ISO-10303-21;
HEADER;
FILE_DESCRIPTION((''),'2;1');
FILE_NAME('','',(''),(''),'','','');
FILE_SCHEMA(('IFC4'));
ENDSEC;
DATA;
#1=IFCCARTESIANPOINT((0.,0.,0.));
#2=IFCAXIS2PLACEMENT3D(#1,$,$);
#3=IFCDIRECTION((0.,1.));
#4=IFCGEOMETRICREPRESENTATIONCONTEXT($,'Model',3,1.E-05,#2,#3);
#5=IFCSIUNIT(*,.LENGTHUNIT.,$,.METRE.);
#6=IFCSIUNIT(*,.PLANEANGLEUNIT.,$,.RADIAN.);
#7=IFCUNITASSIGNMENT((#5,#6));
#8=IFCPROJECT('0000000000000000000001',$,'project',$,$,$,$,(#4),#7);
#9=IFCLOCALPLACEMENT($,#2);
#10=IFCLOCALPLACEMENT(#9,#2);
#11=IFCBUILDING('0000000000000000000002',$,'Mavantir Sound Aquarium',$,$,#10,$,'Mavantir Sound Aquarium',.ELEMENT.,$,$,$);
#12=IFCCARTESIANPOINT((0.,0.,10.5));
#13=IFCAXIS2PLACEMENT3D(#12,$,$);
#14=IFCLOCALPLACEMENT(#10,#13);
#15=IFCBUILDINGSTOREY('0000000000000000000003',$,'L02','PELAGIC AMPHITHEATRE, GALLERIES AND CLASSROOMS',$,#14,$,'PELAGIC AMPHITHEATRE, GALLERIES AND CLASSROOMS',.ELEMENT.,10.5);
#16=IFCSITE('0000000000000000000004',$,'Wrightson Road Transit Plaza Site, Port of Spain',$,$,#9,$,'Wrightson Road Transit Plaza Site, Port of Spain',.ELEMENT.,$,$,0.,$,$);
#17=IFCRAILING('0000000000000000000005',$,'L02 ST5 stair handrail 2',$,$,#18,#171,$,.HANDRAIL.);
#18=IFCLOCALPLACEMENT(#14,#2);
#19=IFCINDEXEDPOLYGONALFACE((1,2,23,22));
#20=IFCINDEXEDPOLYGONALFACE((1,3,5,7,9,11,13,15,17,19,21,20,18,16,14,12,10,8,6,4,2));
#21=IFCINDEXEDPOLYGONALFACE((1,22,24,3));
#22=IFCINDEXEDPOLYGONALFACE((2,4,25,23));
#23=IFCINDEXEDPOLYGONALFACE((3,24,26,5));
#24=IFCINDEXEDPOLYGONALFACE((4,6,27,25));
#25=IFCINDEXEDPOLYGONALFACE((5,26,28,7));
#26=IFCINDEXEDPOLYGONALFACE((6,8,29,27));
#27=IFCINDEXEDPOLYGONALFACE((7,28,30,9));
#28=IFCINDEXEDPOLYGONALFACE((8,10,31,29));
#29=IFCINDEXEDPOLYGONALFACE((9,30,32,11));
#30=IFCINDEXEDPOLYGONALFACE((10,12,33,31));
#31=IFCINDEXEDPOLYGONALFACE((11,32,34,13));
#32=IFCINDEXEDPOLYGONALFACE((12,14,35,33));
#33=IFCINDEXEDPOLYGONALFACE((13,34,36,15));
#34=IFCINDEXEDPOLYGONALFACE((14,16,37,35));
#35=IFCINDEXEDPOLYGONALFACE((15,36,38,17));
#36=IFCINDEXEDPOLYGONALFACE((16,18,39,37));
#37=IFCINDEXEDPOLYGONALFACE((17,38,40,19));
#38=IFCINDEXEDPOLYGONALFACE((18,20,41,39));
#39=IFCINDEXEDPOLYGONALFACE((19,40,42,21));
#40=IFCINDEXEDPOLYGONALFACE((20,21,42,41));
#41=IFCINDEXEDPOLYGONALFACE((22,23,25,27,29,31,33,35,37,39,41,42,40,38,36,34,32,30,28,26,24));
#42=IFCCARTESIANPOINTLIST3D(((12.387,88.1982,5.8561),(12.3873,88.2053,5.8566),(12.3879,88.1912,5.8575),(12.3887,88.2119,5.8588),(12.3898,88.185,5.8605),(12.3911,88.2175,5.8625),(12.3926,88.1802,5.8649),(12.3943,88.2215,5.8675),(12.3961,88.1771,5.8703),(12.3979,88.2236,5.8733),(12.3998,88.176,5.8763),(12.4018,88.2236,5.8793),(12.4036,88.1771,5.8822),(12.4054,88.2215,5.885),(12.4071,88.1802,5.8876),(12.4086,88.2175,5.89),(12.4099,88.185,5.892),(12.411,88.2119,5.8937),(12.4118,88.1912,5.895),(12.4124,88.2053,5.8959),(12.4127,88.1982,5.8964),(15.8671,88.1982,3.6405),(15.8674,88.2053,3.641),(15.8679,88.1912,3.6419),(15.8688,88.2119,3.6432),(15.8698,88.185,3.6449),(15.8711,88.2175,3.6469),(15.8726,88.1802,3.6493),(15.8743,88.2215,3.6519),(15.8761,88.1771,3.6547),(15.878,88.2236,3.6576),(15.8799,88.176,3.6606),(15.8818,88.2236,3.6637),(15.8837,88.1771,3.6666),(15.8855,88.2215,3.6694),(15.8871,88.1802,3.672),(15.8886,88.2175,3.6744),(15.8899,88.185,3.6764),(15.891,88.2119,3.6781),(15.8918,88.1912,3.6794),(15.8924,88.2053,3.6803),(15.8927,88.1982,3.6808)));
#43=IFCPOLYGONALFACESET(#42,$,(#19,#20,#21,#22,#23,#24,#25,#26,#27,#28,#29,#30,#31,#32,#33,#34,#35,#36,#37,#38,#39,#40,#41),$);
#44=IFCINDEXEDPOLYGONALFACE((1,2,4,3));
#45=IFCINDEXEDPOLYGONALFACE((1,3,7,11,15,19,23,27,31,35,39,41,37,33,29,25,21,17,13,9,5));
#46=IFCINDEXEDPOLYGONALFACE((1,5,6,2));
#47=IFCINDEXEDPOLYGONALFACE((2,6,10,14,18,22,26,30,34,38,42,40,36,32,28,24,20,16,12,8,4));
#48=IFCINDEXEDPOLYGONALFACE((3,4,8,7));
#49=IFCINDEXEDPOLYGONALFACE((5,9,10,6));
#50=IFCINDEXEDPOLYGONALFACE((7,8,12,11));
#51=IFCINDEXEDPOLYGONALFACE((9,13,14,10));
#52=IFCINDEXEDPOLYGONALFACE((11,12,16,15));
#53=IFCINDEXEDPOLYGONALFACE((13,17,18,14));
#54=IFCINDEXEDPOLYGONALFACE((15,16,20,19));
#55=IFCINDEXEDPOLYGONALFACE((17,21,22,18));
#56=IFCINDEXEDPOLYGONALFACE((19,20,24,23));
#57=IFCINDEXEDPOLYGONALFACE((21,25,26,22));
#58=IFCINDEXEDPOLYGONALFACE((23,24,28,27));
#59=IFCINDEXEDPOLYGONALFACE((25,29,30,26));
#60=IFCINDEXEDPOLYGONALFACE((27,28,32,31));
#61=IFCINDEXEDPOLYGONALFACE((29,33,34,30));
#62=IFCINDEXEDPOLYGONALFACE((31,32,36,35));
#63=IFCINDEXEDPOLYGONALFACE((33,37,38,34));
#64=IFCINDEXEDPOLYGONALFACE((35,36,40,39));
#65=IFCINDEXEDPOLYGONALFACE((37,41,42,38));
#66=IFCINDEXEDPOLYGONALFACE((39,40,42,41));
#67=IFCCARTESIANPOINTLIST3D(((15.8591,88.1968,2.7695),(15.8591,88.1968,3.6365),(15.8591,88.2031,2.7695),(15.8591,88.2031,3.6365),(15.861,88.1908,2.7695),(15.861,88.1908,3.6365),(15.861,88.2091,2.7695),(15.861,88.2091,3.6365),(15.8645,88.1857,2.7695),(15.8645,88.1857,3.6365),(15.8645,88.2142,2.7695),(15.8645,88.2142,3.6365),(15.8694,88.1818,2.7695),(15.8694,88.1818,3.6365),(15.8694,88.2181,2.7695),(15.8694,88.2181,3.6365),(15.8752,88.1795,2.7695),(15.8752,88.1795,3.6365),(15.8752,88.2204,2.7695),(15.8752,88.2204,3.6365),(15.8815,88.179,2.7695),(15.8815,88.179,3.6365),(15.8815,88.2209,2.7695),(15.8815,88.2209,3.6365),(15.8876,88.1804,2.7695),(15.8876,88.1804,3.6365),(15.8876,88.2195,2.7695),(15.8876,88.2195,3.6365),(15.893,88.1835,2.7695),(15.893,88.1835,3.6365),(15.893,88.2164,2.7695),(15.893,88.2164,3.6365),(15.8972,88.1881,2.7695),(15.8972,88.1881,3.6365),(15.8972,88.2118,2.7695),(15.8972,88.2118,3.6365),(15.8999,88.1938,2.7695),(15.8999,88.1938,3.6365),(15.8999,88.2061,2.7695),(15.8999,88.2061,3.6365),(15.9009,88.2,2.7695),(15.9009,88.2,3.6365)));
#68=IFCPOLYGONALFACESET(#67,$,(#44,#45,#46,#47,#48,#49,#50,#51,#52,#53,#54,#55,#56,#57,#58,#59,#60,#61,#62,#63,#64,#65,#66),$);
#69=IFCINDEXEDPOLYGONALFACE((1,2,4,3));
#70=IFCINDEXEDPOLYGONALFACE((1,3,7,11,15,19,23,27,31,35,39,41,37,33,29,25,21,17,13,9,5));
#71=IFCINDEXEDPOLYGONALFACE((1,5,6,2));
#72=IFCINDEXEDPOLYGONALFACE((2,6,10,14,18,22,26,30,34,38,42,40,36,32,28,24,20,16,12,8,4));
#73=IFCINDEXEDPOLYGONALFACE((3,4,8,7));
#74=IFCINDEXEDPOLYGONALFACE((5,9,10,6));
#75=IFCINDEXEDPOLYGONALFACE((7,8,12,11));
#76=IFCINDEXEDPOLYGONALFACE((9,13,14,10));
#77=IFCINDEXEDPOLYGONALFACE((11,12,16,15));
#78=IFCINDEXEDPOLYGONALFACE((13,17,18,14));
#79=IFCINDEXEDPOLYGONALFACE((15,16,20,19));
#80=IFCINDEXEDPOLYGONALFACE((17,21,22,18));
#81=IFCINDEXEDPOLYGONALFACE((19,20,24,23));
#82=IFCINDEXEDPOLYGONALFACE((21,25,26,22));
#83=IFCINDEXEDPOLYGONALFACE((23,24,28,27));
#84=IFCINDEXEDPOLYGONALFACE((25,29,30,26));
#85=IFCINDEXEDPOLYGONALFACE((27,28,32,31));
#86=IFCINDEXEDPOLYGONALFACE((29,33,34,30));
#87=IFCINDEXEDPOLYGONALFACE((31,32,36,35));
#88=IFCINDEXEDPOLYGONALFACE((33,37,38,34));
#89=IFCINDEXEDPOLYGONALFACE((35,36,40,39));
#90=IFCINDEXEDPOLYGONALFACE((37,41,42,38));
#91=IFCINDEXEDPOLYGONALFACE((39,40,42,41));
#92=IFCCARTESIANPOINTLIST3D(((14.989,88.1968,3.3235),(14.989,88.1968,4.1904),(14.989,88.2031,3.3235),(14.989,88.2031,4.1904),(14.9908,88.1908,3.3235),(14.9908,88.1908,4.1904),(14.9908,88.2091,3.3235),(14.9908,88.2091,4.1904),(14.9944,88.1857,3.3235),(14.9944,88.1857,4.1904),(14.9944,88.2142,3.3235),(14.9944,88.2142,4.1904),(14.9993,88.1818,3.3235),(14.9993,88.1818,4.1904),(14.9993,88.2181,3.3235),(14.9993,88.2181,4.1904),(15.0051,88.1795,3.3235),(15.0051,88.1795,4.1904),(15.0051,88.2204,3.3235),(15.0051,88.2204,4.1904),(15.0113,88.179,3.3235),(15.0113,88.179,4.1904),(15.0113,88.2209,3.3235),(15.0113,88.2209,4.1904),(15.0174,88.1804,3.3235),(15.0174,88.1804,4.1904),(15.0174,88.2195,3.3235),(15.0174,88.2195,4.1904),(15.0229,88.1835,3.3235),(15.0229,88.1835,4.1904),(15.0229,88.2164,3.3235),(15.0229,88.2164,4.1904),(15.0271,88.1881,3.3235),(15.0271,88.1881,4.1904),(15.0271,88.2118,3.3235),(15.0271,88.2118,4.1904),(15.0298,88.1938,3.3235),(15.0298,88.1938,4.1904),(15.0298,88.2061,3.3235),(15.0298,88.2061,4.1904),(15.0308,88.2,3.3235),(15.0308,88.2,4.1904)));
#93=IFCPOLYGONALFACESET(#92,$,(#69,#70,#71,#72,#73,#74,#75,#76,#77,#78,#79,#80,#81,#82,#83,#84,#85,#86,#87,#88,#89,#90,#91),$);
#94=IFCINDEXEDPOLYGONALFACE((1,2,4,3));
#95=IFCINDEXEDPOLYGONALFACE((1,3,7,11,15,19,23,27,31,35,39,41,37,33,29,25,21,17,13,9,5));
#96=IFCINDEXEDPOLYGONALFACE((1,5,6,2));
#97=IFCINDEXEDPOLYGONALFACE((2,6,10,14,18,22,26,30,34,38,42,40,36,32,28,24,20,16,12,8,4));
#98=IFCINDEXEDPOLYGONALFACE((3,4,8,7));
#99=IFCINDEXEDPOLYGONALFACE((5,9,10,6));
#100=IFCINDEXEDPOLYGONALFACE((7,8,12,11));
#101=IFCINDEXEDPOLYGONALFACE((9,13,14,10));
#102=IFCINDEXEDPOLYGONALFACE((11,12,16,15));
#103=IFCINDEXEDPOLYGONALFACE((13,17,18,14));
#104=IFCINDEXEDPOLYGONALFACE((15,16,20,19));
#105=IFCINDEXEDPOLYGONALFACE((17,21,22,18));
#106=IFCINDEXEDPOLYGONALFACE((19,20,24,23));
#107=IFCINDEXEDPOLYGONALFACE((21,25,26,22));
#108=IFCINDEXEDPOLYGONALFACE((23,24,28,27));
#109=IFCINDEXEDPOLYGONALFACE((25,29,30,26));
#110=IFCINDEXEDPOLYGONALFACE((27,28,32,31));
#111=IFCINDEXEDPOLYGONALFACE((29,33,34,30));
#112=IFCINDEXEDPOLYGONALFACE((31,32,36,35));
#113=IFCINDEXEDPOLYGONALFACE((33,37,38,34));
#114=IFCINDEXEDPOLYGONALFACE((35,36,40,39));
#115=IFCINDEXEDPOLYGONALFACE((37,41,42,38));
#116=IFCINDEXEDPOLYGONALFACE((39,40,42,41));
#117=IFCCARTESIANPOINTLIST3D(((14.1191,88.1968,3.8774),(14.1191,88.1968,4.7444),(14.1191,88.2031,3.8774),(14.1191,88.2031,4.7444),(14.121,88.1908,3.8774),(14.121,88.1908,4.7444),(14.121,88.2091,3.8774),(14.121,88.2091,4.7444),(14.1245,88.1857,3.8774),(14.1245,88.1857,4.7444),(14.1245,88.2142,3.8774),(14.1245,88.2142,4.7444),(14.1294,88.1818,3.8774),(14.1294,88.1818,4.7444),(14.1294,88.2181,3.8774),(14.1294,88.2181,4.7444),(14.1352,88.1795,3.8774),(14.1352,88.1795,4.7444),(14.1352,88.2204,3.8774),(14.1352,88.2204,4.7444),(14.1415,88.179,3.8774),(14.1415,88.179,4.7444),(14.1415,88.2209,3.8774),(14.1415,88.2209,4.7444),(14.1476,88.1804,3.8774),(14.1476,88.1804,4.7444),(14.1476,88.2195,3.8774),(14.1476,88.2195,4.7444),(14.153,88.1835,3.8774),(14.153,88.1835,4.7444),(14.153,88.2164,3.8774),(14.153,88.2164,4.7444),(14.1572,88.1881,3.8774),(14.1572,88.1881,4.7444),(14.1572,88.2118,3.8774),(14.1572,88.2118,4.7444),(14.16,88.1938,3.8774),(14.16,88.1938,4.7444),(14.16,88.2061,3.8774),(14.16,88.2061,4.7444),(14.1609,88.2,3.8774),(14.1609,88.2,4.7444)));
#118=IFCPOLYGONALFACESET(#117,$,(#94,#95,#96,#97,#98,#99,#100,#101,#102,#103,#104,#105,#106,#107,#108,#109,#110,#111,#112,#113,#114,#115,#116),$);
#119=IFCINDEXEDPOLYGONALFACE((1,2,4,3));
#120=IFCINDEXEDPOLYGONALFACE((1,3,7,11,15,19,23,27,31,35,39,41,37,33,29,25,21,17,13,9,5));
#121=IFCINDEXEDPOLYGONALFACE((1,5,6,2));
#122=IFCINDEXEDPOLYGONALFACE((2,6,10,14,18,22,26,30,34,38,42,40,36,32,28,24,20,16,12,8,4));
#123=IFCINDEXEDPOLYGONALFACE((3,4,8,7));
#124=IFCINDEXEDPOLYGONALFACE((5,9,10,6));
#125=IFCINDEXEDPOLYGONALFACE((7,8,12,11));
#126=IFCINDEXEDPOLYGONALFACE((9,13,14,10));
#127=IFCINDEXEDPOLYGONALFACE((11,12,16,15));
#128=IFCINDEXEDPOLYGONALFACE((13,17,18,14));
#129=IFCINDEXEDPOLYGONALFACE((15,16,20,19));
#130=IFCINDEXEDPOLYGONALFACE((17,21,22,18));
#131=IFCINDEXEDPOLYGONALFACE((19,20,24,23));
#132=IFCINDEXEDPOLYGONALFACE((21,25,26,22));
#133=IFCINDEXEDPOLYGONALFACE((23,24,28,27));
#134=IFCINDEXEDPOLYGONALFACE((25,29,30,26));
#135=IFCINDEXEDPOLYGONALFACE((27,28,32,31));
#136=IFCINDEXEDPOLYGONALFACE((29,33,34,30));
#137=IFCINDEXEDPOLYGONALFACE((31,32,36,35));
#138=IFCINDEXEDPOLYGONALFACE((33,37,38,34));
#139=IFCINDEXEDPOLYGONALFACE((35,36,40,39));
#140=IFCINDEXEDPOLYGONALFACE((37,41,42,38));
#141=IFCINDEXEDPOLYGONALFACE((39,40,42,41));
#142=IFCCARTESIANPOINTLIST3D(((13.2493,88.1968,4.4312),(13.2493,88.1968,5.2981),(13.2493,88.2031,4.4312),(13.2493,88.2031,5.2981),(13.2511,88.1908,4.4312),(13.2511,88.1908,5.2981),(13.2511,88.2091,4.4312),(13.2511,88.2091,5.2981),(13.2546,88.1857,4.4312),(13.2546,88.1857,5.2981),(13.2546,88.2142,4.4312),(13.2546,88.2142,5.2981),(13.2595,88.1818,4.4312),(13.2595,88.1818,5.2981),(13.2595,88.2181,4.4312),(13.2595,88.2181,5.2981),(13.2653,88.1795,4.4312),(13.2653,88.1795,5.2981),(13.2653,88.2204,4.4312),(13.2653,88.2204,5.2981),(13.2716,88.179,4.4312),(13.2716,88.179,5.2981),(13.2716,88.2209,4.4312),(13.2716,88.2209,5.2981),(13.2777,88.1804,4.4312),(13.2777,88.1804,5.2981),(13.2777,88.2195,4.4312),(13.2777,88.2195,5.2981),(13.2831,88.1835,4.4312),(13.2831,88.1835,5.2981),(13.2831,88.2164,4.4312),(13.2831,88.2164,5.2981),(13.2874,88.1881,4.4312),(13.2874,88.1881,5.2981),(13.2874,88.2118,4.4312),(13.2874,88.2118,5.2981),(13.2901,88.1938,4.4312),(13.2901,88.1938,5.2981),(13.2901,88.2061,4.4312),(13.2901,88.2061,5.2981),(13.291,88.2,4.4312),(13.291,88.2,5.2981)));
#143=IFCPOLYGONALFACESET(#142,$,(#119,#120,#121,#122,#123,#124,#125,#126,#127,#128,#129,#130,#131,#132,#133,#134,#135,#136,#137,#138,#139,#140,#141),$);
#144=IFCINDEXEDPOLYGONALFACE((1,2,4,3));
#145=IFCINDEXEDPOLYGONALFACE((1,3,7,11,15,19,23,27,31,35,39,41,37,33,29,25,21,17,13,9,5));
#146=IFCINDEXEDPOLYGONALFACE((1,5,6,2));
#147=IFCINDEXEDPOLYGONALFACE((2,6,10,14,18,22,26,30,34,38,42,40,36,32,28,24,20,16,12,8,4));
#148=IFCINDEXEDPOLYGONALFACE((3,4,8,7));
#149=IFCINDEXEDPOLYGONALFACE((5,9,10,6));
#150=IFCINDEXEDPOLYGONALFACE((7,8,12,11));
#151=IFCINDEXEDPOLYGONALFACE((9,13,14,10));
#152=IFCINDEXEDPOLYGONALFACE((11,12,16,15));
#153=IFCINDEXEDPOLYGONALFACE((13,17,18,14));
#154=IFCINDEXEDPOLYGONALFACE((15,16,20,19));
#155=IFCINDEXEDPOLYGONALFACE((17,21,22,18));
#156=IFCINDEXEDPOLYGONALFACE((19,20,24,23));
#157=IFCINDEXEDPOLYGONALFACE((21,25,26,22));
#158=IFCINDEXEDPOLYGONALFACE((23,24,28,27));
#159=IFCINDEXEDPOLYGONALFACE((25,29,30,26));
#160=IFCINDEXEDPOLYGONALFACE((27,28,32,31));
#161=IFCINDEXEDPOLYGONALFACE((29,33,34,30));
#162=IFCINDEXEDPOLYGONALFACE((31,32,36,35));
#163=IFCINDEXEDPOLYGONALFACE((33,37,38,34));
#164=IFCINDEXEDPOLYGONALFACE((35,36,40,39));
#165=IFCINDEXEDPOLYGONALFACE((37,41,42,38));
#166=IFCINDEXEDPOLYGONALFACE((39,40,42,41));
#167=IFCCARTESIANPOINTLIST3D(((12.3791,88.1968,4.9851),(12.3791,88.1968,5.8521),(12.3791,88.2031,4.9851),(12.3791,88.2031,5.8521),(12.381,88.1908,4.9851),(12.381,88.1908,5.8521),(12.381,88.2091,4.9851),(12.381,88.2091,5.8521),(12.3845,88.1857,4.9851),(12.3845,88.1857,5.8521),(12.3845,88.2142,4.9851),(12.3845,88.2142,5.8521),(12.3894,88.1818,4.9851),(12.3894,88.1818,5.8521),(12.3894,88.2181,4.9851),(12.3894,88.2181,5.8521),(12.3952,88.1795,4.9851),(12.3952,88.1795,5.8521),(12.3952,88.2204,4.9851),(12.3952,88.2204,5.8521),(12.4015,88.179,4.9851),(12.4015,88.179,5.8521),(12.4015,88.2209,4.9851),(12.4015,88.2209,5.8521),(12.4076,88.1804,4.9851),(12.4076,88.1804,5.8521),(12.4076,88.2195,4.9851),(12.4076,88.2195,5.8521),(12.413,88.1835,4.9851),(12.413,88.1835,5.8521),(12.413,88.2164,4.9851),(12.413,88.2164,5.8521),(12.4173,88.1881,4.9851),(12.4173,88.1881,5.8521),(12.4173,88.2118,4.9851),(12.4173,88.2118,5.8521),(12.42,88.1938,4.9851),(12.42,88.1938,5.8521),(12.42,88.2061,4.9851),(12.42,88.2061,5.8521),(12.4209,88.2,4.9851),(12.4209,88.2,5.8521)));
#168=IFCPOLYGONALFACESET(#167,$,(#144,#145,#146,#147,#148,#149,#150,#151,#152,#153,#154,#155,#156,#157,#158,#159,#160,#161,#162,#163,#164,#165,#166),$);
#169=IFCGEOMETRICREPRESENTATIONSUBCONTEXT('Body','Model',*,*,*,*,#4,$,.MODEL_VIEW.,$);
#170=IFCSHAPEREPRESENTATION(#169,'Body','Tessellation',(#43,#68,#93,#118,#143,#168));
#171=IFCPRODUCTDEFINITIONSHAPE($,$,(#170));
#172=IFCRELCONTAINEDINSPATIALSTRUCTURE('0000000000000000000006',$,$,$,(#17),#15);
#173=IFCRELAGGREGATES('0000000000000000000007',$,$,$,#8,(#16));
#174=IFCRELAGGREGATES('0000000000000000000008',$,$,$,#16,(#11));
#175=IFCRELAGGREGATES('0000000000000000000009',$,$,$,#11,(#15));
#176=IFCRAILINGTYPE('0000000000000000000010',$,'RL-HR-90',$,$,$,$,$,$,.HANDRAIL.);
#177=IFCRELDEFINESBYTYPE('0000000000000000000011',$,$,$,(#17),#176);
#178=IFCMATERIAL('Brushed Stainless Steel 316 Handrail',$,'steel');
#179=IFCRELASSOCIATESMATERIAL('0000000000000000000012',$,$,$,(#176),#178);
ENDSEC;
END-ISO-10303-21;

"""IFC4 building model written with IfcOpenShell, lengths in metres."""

from ifc_helpers import new_model, si_unit, direction, frame, origin, origin_2d, place, context, subcontext, project, spatial, circle, extrude, material, type_object, element, save


model = new_model("IFC4")

# Units and contexts
model_context = context("Model", 3, precision=1e-05, world=origin(), true_north=direction((0.0, 1.0)))
body_context = subcontext(model_context, "Body", "Model", "MODEL_VIEW")
ifc_project = project(units=[si_unit("LENGTHUNIT", "METRE"), si_unit("PLANEANGLEUNIT", "RADIAN")], contexts=[model_context])

# Site, building, storey
site_placement = place(None, origin())
site = spatial("IfcSite", under=ifc_project, at=site_placement, Name="Wrightson Road Transit Plaza Site, Port of Spain", LongName="Wrightson Road Transit Plaza Site, Port of Spain", CompositionType="ELEMENT", RefElevation=0.0)
building_placement = place(site_placement, origin())
building = spatial("IfcBuilding", under=site, at=building_placement, Name="Mavantir Sound Aquarium", LongName="Mavantir Sound Aquarium", CompositionType="ELEMENT")
storey_placement = place(building_placement, frame((0.0, 0.0, 10.5)))
storey = spatial("IfcBuildingStorey", under=building, at=storey_placement, Name="L02", Description="PELAGIC AMPHITHEATRE, GALLERIES AND CLASSROOMS", LongName="PELAGIC AMPHITHEATRE, GALLERIES AND CLASSROOMS", CompositionType="ELEMENT", Elevation=10.5)

# Railing
ifc_material_1 = material(Name="Brushed Stainless Steel 316 Handrail", Category="steel")
railing_type_1 = type_object("IfcRailingType", Name="RL-HR-90", PredefinedType="HANDRAIL", material=ifc_material_1)
for number, where, name in (
    (1, (15.8799, 88.2, 2.7695), "L02 ST5 stair handrail 2"),
):
    element("IfcRailing", number, at=place(storey_placement, frame(where)), inside=storey, type_object=railing_type_1, Name=name, PredefinedType="HANDRAIL", context=body_context, shape_type="SweptSolid", body=[
        extrude(circle(Radius=0.0239, at=origin_2d()), frame((0.0, 0.0, 0.8911), z_axis=(-0.843547, 0.0, 0.537055), x_axis=(0.0, -1.0, 0.0)), (0.0, 0.0, 1.0), 4.1255),
        extrude(circle(Radius=0.021, at=origin_2d()), origin(), (0.0, 0.0, 1.0), 0.8669),
        extrude(circle(Radius=0.021, at=origin_2d()), frame((-0.8701, 0.0, 0.554)), (0.0, 0.0, 1.0), 0.8669),
        extrude(circle(Radius=0.021, at=origin_2d()), frame((-1.74, 0.0, 1.1079)), (0.0, 0.0, 1.0), 0.8669),
        extrude(circle(Radius=0.021, at=origin_2d()), frame((-2.6099, 0.0, 1.6616)), (0.0, 0.0, 1.0), 0.8669),
        extrude(circle(Radius=0.021, at=origin_2d()), frame((-3.48, 0.0, 2.2156)), (0.0, 0.0, 1.0), 0.8669),
    ])

save(model, "model.ifc")
